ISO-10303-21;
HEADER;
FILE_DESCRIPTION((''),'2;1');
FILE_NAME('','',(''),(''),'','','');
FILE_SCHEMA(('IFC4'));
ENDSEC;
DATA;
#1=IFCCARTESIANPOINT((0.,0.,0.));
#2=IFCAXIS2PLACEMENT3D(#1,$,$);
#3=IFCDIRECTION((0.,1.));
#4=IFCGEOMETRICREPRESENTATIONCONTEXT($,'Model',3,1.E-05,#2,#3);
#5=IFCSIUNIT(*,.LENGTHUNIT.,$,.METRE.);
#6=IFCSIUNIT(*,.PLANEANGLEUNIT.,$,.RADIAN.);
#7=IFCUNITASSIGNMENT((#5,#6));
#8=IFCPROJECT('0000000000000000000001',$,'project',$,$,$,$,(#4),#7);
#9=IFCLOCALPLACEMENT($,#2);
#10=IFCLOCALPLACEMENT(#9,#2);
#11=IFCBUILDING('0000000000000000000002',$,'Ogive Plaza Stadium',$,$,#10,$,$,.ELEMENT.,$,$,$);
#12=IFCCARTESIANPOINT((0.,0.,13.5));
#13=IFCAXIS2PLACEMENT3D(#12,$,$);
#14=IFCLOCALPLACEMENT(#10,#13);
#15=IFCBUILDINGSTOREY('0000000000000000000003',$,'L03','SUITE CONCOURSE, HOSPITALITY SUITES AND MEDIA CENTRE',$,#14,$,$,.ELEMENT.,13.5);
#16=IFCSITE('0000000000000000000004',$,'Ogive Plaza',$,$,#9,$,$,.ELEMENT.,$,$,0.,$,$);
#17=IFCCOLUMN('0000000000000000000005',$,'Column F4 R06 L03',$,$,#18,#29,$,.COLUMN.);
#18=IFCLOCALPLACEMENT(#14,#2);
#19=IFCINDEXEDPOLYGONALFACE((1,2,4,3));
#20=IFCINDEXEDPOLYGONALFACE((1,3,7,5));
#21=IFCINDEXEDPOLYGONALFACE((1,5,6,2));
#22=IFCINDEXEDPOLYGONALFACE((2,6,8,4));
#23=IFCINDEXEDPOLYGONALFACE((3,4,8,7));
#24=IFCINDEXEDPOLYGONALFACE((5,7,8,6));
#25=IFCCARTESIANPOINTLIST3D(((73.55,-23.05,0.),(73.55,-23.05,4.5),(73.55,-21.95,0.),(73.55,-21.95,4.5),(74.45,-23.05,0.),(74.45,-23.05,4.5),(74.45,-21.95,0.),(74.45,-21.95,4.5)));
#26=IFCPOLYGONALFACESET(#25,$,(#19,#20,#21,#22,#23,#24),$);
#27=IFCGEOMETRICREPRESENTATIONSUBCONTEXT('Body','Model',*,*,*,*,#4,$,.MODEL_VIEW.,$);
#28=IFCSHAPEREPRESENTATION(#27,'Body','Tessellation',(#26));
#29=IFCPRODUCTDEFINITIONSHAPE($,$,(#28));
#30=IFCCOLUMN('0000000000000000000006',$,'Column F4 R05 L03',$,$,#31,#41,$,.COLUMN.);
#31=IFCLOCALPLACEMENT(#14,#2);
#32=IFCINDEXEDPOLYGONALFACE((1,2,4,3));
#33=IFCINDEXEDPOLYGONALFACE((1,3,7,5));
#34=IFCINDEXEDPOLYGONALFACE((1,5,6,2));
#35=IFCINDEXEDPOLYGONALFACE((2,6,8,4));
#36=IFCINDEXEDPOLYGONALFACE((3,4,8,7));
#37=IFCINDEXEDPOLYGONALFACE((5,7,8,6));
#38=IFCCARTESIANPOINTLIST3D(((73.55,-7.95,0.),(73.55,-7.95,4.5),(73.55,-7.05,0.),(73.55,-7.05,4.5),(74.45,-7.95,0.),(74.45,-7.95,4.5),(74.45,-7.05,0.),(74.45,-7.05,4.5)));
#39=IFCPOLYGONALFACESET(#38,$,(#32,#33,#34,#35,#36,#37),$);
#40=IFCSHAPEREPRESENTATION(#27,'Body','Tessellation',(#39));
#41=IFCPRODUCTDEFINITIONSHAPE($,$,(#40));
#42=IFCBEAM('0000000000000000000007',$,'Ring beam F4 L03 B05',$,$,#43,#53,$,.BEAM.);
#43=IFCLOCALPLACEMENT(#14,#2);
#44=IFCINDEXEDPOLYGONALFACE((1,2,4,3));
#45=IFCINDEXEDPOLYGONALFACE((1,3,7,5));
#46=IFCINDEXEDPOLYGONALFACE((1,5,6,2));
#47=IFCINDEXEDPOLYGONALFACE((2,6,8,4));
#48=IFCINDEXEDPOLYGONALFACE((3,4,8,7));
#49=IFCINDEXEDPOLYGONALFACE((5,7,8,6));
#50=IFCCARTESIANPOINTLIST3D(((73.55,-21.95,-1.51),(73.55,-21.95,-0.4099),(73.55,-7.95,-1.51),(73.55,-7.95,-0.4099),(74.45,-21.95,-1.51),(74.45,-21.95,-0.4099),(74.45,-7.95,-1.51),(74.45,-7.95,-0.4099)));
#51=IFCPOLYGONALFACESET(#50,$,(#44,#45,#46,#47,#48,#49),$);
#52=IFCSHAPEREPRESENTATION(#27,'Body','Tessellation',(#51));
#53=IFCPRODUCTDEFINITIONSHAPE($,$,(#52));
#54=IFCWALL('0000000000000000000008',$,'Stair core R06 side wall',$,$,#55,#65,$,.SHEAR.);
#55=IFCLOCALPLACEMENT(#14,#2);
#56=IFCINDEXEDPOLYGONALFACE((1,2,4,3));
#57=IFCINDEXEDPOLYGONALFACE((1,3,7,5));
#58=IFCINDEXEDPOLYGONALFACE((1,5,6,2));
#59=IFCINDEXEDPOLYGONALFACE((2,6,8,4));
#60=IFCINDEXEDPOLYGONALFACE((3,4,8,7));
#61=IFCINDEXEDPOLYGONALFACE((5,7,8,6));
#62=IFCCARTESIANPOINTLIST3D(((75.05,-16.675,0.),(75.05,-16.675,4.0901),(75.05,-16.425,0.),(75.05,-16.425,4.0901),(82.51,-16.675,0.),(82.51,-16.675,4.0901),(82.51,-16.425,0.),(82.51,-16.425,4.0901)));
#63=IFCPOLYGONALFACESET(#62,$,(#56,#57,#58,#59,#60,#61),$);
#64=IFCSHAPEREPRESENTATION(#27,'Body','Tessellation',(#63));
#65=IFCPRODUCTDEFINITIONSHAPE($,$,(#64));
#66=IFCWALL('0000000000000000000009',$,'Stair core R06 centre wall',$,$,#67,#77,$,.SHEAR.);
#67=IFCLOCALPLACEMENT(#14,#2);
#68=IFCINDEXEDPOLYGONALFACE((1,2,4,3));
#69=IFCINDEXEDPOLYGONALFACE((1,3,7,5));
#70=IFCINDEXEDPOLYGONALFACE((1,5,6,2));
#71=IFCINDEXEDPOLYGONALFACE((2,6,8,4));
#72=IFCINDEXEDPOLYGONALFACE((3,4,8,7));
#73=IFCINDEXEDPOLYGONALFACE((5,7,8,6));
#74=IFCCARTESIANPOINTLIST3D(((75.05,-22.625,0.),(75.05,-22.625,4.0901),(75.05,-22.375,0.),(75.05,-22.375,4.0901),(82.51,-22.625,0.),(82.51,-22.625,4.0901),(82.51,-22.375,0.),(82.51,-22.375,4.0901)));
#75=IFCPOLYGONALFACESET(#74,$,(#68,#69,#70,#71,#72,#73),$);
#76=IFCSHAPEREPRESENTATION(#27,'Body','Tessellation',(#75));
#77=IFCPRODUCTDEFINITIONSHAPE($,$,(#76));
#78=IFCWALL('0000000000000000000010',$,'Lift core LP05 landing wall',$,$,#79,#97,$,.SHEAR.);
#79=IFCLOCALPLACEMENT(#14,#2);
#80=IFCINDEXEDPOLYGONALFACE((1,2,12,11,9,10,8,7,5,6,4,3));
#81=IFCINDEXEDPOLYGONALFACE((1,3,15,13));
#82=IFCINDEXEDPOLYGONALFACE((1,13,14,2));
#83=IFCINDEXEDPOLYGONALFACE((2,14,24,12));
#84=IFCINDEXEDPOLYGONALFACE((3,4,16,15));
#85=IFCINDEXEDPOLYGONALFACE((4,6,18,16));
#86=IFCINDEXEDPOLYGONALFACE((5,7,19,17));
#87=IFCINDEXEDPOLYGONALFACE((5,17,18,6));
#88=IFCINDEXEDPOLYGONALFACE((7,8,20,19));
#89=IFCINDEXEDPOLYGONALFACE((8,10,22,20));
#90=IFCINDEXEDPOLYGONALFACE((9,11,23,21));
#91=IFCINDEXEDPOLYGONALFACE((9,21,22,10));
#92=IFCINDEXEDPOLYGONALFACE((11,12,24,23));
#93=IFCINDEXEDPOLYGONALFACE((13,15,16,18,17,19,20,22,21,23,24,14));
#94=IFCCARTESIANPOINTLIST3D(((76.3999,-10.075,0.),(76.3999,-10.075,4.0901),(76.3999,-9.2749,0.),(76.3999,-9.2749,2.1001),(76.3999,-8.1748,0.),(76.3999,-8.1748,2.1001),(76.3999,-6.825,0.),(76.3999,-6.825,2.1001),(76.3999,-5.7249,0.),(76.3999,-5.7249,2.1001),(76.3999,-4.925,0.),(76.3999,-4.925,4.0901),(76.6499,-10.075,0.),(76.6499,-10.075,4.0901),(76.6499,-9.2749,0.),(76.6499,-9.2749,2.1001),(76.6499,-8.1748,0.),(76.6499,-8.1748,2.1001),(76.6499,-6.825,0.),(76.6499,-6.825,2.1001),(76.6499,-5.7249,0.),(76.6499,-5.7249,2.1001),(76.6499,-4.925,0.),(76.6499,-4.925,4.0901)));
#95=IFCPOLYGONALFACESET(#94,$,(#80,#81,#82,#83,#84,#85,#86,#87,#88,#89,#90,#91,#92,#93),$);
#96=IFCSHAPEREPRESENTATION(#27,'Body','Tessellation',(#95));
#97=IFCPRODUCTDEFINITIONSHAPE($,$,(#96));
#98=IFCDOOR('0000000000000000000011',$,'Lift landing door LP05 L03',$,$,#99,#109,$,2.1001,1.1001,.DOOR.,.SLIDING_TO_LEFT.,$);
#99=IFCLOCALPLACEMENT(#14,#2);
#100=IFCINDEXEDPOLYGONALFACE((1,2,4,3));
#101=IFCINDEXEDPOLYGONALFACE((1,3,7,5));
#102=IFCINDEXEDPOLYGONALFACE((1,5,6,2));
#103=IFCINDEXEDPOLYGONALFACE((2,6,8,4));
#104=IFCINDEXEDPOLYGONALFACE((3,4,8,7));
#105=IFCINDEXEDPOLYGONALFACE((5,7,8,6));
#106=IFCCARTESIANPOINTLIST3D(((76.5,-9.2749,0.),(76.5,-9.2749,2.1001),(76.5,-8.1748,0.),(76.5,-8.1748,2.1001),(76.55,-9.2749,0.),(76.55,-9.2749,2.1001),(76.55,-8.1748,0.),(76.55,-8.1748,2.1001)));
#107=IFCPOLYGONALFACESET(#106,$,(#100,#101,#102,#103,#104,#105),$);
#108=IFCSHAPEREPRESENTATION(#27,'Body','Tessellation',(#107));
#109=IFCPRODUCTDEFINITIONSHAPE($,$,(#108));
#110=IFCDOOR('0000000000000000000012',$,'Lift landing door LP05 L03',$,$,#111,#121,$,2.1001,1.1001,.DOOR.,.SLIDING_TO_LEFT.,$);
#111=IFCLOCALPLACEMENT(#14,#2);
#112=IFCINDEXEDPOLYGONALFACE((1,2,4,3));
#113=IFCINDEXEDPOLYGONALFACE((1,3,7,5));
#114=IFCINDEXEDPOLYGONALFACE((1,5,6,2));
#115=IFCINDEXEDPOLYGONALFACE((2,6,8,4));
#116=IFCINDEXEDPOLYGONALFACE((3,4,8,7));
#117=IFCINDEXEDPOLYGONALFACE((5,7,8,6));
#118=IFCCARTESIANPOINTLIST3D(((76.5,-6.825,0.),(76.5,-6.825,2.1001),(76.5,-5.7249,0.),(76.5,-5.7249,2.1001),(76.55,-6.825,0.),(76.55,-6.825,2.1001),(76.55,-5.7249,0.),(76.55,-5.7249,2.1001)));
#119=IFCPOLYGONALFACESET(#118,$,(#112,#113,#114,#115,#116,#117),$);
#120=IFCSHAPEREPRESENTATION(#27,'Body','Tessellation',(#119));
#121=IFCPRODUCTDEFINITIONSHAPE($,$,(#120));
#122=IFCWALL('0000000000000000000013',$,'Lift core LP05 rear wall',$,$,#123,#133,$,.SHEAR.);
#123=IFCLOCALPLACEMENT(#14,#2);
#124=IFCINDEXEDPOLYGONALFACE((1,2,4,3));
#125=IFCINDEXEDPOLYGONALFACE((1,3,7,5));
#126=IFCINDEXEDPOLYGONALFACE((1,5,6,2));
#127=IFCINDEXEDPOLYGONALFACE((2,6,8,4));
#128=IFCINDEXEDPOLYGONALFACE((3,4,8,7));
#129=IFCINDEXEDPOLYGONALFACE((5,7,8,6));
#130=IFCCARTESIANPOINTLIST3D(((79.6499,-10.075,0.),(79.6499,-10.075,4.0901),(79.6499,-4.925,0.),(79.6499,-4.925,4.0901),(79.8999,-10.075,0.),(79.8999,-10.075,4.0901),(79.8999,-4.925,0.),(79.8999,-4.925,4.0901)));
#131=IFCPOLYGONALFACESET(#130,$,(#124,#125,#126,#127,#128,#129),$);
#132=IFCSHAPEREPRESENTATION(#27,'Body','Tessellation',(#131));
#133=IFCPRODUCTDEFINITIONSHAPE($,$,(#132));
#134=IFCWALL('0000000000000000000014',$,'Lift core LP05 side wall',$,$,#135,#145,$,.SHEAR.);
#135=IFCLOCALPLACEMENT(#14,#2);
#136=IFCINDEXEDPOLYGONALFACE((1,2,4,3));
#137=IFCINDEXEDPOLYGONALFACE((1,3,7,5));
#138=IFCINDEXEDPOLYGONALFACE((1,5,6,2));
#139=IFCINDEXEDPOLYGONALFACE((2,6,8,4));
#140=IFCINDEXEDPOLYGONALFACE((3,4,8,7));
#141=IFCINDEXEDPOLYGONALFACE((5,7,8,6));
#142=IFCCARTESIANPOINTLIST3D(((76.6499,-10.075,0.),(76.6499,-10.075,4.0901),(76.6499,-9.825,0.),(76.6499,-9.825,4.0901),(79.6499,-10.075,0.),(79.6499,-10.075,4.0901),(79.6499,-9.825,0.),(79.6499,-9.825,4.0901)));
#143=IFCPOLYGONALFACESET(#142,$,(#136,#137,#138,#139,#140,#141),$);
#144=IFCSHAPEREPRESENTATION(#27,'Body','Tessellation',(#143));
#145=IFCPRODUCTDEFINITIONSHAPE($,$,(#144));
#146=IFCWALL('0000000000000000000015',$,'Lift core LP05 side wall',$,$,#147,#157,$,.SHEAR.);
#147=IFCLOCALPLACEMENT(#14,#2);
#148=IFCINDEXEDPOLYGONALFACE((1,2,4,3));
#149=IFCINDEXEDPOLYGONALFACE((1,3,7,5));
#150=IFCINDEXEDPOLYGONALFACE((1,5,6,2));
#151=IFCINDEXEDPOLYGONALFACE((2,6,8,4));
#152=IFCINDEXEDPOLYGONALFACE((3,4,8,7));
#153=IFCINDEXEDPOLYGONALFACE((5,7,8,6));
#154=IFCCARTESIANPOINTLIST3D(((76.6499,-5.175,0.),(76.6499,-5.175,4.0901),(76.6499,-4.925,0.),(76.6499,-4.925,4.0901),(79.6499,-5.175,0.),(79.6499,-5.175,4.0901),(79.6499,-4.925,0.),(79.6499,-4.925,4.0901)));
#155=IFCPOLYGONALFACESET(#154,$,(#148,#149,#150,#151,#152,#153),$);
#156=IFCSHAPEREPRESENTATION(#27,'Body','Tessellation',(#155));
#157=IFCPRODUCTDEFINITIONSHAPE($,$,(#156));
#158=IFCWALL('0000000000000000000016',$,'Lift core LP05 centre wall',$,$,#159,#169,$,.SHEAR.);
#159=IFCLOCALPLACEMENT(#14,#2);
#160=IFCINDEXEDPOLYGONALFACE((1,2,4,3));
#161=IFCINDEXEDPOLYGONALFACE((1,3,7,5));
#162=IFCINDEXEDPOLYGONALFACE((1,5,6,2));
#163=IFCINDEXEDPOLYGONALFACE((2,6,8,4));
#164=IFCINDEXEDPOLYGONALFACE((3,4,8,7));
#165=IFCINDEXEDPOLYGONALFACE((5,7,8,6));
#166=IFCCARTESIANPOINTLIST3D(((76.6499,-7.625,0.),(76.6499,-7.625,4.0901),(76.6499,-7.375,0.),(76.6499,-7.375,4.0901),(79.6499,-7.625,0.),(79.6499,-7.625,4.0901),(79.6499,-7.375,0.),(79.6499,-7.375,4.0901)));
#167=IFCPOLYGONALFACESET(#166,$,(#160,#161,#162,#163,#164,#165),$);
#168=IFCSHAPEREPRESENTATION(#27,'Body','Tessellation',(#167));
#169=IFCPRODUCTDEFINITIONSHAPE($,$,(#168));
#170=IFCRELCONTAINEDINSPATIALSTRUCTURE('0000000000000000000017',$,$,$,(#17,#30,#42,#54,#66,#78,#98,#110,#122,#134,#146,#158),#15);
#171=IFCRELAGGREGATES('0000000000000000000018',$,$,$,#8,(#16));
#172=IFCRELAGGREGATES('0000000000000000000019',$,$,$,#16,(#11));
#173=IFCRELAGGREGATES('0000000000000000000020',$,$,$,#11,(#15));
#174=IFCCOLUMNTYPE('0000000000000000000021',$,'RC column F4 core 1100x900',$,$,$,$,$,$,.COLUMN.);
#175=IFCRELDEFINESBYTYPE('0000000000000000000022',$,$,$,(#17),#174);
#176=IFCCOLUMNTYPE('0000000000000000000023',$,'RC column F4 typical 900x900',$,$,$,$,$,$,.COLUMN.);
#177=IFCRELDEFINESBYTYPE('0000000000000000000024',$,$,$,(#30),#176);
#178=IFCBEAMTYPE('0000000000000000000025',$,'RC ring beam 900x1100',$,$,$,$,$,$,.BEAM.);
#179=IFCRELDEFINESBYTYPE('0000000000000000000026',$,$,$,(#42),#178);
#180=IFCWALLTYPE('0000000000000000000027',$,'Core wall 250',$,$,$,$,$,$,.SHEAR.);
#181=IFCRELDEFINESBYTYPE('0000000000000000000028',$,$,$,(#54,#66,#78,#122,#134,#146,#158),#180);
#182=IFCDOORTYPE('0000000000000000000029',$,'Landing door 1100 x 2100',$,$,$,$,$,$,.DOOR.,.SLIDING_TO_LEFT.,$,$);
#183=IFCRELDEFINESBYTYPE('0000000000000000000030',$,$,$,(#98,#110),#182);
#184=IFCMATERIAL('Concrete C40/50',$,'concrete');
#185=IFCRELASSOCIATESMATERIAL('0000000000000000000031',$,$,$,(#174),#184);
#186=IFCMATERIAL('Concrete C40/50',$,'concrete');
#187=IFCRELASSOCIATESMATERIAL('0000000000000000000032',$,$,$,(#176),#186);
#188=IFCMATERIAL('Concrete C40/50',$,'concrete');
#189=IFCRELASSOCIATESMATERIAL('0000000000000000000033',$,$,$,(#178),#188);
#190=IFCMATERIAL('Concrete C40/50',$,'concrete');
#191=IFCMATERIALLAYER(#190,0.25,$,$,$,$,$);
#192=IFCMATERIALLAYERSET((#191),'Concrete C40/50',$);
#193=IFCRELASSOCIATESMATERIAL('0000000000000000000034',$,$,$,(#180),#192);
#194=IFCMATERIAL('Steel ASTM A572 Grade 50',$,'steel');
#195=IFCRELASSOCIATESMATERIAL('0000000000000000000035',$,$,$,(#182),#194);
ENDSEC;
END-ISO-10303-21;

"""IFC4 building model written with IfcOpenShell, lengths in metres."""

from ifc_helpers import new_model, si_unit, direction, frame, frame_2d, origin, origin_2d, place, context, subcontext, project, spatial, rectangle, extrude, material, layer, layer_set, material_profile, profile_set, type_object, element, fill, save


model = new_model("IFC4")

# Units and contexts
model_context = context("Model", 3, precision=1e-05, world=origin(), true_north=direction((0.0, 1.0)))
body_context = subcontext(model_context, "Body", "Model", "MODEL_VIEW")
ifc_project = project(units=[si_unit("LENGTHUNIT", "METRE"), si_unit("PLANEANGLEUNIT", "RADIAN")], contexts=[model_context])

# Site, building, storey
site_placement = place(None, origin())
site = spatial("IfcSite", under=ifc_project, at=site_placement, Name="Ogive Plaza", CompositionType="ELEMENT", RefElevation=0.0)
building_placement = place(site_placement, origin())
building = spatial("IfcBuilding", under=site, at=building_placement, Name="Ogive Plaza Stadium", CompositionType="ELEMENT")
storey_placement = place(building_placement, frame((0.0, 0.0, 13.5)))
storey = spatial("IfcBuildingStorey", under=building, at=storey_placement, Name="L03", Description="SUITE CONCOURSE, HOSPITALITY SUITES AND MEDIA CENTRE", CompositionType="ELEMENT", Elevation=13.5)

# Columns
ifc_material_1 = material(Name="Concrete C40/50", Category="concrete")
ifc_material_profile_1 = material_profile(ifc_material_1, rectangle(XDim=1.1001, YDim=0.8999, at=origin_2d()), Name="RC 1100x900")
ifc_profile_set_1 = profile_set([ifc_material_profile_1], Name="Concrete C40/50")
column_type_1 = type_object("IfcColumnType", Name="RC column F4 core 1100x900", PredefinedType="COLUMN", material=ifc_profile_set_1)
column_1_placement = place(storey_placement, frame((74.0, -22.5, 0.0), z_axis=(0.0, 0.0, 1.0), x_axis=(0.0, 1.0, 0.0)))
element("IfcColumn", 1, at=column_1_placement, inside=storey, type_object=column_type_1, Name="Column F4 R06 L03", PredefinedType="COLUMN", context=body_context, shape_type="SweptSolid", body=[
    extrude(rectangle(XDim=1.1001, YDim=0.8999, at=origin_2d()), origin(), (0.0, 0.0, 1.0), 4.5),
])
ifc_material_2 = material(Name="Concrete C40/50", Category="concrete")
ifc_material_profile_2 = material_profile(ifc_material_2, rectangle(XDim=0.8999, YDim=0.8999, at=origin_2d()), Name="RC 900x900")
ifc_profile_set_2 = profile_set([ifc_material_profile_2], Name="Concrete C40/50")
column_type_2 = type_object("IfcColumnType", Name="RC column F4 typical 900x900", PredefinedType="COLUMN", material=ifc_profile_set_2)
column_2_placement = place(storey_placement, frame((74.0, -7.5, 0.0), z_axis=(0.0, 0.0, 1.0), x_axis=(0.0, 1.0, 0.0)))
element("IfcColumn", 2, at=column_2_placement, inside=storey, type_object=column_type_2, Name="Column F4 R05 L03", PredefinedType="COLUMN", context=body_context, shape_type="SweptSolid", body=[
    extrude(rectangle(XDim=0.8999, YDim=0.8999, at=origin_2d()), origin(), (0.0, 0.0, 1.0), 4.5),
])

# Beam
ifc_material_3 = material(Name="Concrete C40/50", Category="concrete")
ifc_material_profile_3 = material_profile(ifc_material_3, rectangle(XDim=0.8999, YDim=1.1001, at=origin_2d()), Name="RC 900x1100")
ifc_profile_set_3 = profile_set([ifc_material_profile_3], Name="Concrete C40/50")
beam_type = type_object("IfcBeamType", Name="RC ring beam 900x1100", PredefinedType="BEAM", material=ifc_profile_set_3)
beam_placement = place(storey_placement, frame((74.0, -7.95, -0.96), z_axis=(0.0, -1.0, 0.0), x_axis=(1.0, 0.0, 0.0)))
element("IfcBeam", 3, at=beam_placement, inside=storey, type_object=beam_type, Name="Ring beam F4 L03 B05", PredefinedType="BEAM", context=body_context, shape_type="SweptSolid", body=[
    extrude(rectangle(XDim=0.8999, YDim=1.1001, at=origin_2d()), origin(), (0.0, 0.0, 1.0), 14.0),
])

# Walls
ifc_material_4 = material(Name="Concrete C40/50", Category="concrete")
ifc_layer = layer(ifc_material_4, 0.25)
ifc_layer_set = layer_set([ifc_layer], Name="Concrete C40/50")
wall_type = type_object("IfcWallType", Name="Core wall 250", PredefinedType="SHEAR", material=ifc_layer_set)
for number, where, z_axis, x_axis, name in (
    (4, (75.05, -16.55, 0.0), (0.0, 0.0, 1.0), (1.0, 0.0, 0.0), "Stair core R06 side wall"),
    (5, (75.05, -22.5, 0.0), (0.0, 0.0, 1.0), (1.0, 0.0, 0.0), "Stair core R06 centre wall"),
):
    element("IfcWall", number, at=place(storey_placement, frame(where, z_axis=z_axis, x_axis=x_axis)), inside=storey, type_object=wall_type, Name=name, PredefinedType="SHEAR", context=body_context, shape_type="SweptSolid", body=[
        extrude(rectangle(XDim=7.46, YDim=0.25, at=frame_2d((3.73, 0.0))), origin(), (0.0, 0.0, 1.0), 4.0901),
    ])

# Wall, openings, doors
wall_1_placement = place(storey_placement, frame((76.5249, -10.075, 0.0), z_axis=(0.0, 0.0, 1.0), x_axis=(0.0, 1.0, 0.0)))
wall_1 = element("IfcWall", 6, at=wall_1_placement, inside=storey, type_object=wall_type, Name="Lift core LP05 landing wall", PredefinedType="SHEAR", context=body_context, shape_type="SweptSolid", body=[
    extrude(rectangle(XDim=5.1499, YDim=0.25, at=frame_2d((2.575, 0.0))), origin(), (0.0, 0.0, 1.0), 4.0901),
])
opening_1_placement = place(wall_1_placement, frame((0.8, 0.0, 0.0)))
opening_1 = element("IfcOpeningElement", 7, at=opening_1_placement, cuts=wall_1, PredefinedType="OPENING", context=body_context, shape_type="SweptSolid", body=[
    extrude(rectangle(XDim=1.1001, YDim=2.1001, at=frame_2d((0.55, 1.05))), frame((0.0, 0.125, 0.0), z_axis=(0.0, -1.0, 0.0), x_axis=(1.0, 0.0, 0.0)), (0.0, 0.0, 1.0), 0.25),
])
opening_2_placement = place(wall_1_placement, frame((3.25, 0.0, 0.0)))
opening_2 = element("IfcOpeningElement", 8, at=opening_2_placement, cuts=wall_1, PredefinedType="OPENING", context=body_context, shape_type="SweptSolid", body=[
    extrude(rectangle(XDim=1.1001, YDim=2.1001, at=frame_2d((0.55, 1.05))), frame((0.0, 0.125, 0.0), z_axis=(0.0, -1.0, 0.0), x_axis=(1.0, 0.0, 0.0)), (0.0, 0.0, 1.0), 0.25),
])
ifc_material_5 = material(Name="Steel ASTM A572 Grade 50", Category="steel")
door_type = type_object("IfcDoorType", Name="Landing door 1100 x 2100", OperationType="SLIDING_TO_LEFT", PredefinedType="DOOR", material=ifc_material_5)
door_1_placement = place(opening_1_placement, origin())
door_1 = element("IfcDoor", 9, at=door_1_placement, inside=storey, type_object=door_type, Name="Lift landing door LP05 L03", OperationType="SLIDING_TO_LEFT", OverallHeight=2.1001, OverallWidth=1.1001, PredefinedType="DOOR", context=body_context, shape_type="SweptSolid", body=[
    extrude(rectangle(XDim=1.1001, YDim=2.1001, at=frame_2d((0.55, 1.05))), frame((0.0, 0.0249, 0.0), z_axis=(0.0, -1.0, 0.0), x_axis=(1.0, 0.0, 0.0)), (0.0, 0.0, 1.0), 0.05),
])
fill(opening_1, door_1)
door_2_placement = place(opening_2_placement, origin())
door_2 = element("IfcDoor", 10, at=door_2_placement, inside=storey, type_object=door_type, Name="Lift landing door LP05 L03", OperationType="SLIDING_TO_LEFT", OverallHeight=2.1001, OverallWidth=1.1001, PredefinedType="DOOR", context=body_context, shape_type="SweptSolid", body=[
    extrude(rectangle(XDim=1.1001, YDim=2.1001, at=frame_2d((0.55, 1.05))), frame((0.0, 0.0249, 0.0), z_axis=(0.0, -1.0, 0.0), x_axis=(1.0, 0.0, 0.0)), (0.0, 0.0, 1.0), 0.05),
])
fill(opening_2, door_2)

# Walls
wall_2_placement = place(storey_placement, frame((79.7749, -10.075, 0.0), z_axis=(0.0, 0.0, 1.0), x_axis=(0.0, 1.0, 0.0)))
element("IfcWall", 11, at=wall_2_placement, inside=storey, type_object=wall_type, Name="Lift core LP05 rear wall", PredefinedType="SHEAR", context=body_context, shape_type="SweptSolid", body=[
    extrude(rectangle(XDim=5.1499, YDim=0.25, at=frame_2d((2.575, 0.0))), origin(), (0.0, 0.0, 1.0), 4.0901),
])
for number, where, z_axis, x_axis, name in (
    (12, (76.6499, -9.95, 0.0), (0.0, 0.0, 1.0), (1.0, 0.0, 0.0), "Lift core LP05 side wall"),
    (13, (76.6499, -5.05, 0.0), (0.0, 0.0, 1.0), (1.0, 0.0, 0.0), "Lift core LP05 side wall"),
    (14, (76.6499, -7.5, 0.0), (0.0, 0.0, 1.0), (1.0, 0.0, 0.0), "Lift core LP05 centre wall"),
):
    element("IfcWall", number, at=place(storey_placement, frame(where, z_axis=z_axis, x_axis=x_axis)), inside=storey, type_object=wall_type, Name=name, PredefinedType="SHEAR", context=body_context, shape_type="SweptSolid", body=[
        extrude(rectangle(XDim=3.0, YDim=0.25, at=frame_2d((1.5, 0.0))), origin(), (0.0, 0.0, 1.0), 4.0901),
    ])

save(model, "model.ifc")
